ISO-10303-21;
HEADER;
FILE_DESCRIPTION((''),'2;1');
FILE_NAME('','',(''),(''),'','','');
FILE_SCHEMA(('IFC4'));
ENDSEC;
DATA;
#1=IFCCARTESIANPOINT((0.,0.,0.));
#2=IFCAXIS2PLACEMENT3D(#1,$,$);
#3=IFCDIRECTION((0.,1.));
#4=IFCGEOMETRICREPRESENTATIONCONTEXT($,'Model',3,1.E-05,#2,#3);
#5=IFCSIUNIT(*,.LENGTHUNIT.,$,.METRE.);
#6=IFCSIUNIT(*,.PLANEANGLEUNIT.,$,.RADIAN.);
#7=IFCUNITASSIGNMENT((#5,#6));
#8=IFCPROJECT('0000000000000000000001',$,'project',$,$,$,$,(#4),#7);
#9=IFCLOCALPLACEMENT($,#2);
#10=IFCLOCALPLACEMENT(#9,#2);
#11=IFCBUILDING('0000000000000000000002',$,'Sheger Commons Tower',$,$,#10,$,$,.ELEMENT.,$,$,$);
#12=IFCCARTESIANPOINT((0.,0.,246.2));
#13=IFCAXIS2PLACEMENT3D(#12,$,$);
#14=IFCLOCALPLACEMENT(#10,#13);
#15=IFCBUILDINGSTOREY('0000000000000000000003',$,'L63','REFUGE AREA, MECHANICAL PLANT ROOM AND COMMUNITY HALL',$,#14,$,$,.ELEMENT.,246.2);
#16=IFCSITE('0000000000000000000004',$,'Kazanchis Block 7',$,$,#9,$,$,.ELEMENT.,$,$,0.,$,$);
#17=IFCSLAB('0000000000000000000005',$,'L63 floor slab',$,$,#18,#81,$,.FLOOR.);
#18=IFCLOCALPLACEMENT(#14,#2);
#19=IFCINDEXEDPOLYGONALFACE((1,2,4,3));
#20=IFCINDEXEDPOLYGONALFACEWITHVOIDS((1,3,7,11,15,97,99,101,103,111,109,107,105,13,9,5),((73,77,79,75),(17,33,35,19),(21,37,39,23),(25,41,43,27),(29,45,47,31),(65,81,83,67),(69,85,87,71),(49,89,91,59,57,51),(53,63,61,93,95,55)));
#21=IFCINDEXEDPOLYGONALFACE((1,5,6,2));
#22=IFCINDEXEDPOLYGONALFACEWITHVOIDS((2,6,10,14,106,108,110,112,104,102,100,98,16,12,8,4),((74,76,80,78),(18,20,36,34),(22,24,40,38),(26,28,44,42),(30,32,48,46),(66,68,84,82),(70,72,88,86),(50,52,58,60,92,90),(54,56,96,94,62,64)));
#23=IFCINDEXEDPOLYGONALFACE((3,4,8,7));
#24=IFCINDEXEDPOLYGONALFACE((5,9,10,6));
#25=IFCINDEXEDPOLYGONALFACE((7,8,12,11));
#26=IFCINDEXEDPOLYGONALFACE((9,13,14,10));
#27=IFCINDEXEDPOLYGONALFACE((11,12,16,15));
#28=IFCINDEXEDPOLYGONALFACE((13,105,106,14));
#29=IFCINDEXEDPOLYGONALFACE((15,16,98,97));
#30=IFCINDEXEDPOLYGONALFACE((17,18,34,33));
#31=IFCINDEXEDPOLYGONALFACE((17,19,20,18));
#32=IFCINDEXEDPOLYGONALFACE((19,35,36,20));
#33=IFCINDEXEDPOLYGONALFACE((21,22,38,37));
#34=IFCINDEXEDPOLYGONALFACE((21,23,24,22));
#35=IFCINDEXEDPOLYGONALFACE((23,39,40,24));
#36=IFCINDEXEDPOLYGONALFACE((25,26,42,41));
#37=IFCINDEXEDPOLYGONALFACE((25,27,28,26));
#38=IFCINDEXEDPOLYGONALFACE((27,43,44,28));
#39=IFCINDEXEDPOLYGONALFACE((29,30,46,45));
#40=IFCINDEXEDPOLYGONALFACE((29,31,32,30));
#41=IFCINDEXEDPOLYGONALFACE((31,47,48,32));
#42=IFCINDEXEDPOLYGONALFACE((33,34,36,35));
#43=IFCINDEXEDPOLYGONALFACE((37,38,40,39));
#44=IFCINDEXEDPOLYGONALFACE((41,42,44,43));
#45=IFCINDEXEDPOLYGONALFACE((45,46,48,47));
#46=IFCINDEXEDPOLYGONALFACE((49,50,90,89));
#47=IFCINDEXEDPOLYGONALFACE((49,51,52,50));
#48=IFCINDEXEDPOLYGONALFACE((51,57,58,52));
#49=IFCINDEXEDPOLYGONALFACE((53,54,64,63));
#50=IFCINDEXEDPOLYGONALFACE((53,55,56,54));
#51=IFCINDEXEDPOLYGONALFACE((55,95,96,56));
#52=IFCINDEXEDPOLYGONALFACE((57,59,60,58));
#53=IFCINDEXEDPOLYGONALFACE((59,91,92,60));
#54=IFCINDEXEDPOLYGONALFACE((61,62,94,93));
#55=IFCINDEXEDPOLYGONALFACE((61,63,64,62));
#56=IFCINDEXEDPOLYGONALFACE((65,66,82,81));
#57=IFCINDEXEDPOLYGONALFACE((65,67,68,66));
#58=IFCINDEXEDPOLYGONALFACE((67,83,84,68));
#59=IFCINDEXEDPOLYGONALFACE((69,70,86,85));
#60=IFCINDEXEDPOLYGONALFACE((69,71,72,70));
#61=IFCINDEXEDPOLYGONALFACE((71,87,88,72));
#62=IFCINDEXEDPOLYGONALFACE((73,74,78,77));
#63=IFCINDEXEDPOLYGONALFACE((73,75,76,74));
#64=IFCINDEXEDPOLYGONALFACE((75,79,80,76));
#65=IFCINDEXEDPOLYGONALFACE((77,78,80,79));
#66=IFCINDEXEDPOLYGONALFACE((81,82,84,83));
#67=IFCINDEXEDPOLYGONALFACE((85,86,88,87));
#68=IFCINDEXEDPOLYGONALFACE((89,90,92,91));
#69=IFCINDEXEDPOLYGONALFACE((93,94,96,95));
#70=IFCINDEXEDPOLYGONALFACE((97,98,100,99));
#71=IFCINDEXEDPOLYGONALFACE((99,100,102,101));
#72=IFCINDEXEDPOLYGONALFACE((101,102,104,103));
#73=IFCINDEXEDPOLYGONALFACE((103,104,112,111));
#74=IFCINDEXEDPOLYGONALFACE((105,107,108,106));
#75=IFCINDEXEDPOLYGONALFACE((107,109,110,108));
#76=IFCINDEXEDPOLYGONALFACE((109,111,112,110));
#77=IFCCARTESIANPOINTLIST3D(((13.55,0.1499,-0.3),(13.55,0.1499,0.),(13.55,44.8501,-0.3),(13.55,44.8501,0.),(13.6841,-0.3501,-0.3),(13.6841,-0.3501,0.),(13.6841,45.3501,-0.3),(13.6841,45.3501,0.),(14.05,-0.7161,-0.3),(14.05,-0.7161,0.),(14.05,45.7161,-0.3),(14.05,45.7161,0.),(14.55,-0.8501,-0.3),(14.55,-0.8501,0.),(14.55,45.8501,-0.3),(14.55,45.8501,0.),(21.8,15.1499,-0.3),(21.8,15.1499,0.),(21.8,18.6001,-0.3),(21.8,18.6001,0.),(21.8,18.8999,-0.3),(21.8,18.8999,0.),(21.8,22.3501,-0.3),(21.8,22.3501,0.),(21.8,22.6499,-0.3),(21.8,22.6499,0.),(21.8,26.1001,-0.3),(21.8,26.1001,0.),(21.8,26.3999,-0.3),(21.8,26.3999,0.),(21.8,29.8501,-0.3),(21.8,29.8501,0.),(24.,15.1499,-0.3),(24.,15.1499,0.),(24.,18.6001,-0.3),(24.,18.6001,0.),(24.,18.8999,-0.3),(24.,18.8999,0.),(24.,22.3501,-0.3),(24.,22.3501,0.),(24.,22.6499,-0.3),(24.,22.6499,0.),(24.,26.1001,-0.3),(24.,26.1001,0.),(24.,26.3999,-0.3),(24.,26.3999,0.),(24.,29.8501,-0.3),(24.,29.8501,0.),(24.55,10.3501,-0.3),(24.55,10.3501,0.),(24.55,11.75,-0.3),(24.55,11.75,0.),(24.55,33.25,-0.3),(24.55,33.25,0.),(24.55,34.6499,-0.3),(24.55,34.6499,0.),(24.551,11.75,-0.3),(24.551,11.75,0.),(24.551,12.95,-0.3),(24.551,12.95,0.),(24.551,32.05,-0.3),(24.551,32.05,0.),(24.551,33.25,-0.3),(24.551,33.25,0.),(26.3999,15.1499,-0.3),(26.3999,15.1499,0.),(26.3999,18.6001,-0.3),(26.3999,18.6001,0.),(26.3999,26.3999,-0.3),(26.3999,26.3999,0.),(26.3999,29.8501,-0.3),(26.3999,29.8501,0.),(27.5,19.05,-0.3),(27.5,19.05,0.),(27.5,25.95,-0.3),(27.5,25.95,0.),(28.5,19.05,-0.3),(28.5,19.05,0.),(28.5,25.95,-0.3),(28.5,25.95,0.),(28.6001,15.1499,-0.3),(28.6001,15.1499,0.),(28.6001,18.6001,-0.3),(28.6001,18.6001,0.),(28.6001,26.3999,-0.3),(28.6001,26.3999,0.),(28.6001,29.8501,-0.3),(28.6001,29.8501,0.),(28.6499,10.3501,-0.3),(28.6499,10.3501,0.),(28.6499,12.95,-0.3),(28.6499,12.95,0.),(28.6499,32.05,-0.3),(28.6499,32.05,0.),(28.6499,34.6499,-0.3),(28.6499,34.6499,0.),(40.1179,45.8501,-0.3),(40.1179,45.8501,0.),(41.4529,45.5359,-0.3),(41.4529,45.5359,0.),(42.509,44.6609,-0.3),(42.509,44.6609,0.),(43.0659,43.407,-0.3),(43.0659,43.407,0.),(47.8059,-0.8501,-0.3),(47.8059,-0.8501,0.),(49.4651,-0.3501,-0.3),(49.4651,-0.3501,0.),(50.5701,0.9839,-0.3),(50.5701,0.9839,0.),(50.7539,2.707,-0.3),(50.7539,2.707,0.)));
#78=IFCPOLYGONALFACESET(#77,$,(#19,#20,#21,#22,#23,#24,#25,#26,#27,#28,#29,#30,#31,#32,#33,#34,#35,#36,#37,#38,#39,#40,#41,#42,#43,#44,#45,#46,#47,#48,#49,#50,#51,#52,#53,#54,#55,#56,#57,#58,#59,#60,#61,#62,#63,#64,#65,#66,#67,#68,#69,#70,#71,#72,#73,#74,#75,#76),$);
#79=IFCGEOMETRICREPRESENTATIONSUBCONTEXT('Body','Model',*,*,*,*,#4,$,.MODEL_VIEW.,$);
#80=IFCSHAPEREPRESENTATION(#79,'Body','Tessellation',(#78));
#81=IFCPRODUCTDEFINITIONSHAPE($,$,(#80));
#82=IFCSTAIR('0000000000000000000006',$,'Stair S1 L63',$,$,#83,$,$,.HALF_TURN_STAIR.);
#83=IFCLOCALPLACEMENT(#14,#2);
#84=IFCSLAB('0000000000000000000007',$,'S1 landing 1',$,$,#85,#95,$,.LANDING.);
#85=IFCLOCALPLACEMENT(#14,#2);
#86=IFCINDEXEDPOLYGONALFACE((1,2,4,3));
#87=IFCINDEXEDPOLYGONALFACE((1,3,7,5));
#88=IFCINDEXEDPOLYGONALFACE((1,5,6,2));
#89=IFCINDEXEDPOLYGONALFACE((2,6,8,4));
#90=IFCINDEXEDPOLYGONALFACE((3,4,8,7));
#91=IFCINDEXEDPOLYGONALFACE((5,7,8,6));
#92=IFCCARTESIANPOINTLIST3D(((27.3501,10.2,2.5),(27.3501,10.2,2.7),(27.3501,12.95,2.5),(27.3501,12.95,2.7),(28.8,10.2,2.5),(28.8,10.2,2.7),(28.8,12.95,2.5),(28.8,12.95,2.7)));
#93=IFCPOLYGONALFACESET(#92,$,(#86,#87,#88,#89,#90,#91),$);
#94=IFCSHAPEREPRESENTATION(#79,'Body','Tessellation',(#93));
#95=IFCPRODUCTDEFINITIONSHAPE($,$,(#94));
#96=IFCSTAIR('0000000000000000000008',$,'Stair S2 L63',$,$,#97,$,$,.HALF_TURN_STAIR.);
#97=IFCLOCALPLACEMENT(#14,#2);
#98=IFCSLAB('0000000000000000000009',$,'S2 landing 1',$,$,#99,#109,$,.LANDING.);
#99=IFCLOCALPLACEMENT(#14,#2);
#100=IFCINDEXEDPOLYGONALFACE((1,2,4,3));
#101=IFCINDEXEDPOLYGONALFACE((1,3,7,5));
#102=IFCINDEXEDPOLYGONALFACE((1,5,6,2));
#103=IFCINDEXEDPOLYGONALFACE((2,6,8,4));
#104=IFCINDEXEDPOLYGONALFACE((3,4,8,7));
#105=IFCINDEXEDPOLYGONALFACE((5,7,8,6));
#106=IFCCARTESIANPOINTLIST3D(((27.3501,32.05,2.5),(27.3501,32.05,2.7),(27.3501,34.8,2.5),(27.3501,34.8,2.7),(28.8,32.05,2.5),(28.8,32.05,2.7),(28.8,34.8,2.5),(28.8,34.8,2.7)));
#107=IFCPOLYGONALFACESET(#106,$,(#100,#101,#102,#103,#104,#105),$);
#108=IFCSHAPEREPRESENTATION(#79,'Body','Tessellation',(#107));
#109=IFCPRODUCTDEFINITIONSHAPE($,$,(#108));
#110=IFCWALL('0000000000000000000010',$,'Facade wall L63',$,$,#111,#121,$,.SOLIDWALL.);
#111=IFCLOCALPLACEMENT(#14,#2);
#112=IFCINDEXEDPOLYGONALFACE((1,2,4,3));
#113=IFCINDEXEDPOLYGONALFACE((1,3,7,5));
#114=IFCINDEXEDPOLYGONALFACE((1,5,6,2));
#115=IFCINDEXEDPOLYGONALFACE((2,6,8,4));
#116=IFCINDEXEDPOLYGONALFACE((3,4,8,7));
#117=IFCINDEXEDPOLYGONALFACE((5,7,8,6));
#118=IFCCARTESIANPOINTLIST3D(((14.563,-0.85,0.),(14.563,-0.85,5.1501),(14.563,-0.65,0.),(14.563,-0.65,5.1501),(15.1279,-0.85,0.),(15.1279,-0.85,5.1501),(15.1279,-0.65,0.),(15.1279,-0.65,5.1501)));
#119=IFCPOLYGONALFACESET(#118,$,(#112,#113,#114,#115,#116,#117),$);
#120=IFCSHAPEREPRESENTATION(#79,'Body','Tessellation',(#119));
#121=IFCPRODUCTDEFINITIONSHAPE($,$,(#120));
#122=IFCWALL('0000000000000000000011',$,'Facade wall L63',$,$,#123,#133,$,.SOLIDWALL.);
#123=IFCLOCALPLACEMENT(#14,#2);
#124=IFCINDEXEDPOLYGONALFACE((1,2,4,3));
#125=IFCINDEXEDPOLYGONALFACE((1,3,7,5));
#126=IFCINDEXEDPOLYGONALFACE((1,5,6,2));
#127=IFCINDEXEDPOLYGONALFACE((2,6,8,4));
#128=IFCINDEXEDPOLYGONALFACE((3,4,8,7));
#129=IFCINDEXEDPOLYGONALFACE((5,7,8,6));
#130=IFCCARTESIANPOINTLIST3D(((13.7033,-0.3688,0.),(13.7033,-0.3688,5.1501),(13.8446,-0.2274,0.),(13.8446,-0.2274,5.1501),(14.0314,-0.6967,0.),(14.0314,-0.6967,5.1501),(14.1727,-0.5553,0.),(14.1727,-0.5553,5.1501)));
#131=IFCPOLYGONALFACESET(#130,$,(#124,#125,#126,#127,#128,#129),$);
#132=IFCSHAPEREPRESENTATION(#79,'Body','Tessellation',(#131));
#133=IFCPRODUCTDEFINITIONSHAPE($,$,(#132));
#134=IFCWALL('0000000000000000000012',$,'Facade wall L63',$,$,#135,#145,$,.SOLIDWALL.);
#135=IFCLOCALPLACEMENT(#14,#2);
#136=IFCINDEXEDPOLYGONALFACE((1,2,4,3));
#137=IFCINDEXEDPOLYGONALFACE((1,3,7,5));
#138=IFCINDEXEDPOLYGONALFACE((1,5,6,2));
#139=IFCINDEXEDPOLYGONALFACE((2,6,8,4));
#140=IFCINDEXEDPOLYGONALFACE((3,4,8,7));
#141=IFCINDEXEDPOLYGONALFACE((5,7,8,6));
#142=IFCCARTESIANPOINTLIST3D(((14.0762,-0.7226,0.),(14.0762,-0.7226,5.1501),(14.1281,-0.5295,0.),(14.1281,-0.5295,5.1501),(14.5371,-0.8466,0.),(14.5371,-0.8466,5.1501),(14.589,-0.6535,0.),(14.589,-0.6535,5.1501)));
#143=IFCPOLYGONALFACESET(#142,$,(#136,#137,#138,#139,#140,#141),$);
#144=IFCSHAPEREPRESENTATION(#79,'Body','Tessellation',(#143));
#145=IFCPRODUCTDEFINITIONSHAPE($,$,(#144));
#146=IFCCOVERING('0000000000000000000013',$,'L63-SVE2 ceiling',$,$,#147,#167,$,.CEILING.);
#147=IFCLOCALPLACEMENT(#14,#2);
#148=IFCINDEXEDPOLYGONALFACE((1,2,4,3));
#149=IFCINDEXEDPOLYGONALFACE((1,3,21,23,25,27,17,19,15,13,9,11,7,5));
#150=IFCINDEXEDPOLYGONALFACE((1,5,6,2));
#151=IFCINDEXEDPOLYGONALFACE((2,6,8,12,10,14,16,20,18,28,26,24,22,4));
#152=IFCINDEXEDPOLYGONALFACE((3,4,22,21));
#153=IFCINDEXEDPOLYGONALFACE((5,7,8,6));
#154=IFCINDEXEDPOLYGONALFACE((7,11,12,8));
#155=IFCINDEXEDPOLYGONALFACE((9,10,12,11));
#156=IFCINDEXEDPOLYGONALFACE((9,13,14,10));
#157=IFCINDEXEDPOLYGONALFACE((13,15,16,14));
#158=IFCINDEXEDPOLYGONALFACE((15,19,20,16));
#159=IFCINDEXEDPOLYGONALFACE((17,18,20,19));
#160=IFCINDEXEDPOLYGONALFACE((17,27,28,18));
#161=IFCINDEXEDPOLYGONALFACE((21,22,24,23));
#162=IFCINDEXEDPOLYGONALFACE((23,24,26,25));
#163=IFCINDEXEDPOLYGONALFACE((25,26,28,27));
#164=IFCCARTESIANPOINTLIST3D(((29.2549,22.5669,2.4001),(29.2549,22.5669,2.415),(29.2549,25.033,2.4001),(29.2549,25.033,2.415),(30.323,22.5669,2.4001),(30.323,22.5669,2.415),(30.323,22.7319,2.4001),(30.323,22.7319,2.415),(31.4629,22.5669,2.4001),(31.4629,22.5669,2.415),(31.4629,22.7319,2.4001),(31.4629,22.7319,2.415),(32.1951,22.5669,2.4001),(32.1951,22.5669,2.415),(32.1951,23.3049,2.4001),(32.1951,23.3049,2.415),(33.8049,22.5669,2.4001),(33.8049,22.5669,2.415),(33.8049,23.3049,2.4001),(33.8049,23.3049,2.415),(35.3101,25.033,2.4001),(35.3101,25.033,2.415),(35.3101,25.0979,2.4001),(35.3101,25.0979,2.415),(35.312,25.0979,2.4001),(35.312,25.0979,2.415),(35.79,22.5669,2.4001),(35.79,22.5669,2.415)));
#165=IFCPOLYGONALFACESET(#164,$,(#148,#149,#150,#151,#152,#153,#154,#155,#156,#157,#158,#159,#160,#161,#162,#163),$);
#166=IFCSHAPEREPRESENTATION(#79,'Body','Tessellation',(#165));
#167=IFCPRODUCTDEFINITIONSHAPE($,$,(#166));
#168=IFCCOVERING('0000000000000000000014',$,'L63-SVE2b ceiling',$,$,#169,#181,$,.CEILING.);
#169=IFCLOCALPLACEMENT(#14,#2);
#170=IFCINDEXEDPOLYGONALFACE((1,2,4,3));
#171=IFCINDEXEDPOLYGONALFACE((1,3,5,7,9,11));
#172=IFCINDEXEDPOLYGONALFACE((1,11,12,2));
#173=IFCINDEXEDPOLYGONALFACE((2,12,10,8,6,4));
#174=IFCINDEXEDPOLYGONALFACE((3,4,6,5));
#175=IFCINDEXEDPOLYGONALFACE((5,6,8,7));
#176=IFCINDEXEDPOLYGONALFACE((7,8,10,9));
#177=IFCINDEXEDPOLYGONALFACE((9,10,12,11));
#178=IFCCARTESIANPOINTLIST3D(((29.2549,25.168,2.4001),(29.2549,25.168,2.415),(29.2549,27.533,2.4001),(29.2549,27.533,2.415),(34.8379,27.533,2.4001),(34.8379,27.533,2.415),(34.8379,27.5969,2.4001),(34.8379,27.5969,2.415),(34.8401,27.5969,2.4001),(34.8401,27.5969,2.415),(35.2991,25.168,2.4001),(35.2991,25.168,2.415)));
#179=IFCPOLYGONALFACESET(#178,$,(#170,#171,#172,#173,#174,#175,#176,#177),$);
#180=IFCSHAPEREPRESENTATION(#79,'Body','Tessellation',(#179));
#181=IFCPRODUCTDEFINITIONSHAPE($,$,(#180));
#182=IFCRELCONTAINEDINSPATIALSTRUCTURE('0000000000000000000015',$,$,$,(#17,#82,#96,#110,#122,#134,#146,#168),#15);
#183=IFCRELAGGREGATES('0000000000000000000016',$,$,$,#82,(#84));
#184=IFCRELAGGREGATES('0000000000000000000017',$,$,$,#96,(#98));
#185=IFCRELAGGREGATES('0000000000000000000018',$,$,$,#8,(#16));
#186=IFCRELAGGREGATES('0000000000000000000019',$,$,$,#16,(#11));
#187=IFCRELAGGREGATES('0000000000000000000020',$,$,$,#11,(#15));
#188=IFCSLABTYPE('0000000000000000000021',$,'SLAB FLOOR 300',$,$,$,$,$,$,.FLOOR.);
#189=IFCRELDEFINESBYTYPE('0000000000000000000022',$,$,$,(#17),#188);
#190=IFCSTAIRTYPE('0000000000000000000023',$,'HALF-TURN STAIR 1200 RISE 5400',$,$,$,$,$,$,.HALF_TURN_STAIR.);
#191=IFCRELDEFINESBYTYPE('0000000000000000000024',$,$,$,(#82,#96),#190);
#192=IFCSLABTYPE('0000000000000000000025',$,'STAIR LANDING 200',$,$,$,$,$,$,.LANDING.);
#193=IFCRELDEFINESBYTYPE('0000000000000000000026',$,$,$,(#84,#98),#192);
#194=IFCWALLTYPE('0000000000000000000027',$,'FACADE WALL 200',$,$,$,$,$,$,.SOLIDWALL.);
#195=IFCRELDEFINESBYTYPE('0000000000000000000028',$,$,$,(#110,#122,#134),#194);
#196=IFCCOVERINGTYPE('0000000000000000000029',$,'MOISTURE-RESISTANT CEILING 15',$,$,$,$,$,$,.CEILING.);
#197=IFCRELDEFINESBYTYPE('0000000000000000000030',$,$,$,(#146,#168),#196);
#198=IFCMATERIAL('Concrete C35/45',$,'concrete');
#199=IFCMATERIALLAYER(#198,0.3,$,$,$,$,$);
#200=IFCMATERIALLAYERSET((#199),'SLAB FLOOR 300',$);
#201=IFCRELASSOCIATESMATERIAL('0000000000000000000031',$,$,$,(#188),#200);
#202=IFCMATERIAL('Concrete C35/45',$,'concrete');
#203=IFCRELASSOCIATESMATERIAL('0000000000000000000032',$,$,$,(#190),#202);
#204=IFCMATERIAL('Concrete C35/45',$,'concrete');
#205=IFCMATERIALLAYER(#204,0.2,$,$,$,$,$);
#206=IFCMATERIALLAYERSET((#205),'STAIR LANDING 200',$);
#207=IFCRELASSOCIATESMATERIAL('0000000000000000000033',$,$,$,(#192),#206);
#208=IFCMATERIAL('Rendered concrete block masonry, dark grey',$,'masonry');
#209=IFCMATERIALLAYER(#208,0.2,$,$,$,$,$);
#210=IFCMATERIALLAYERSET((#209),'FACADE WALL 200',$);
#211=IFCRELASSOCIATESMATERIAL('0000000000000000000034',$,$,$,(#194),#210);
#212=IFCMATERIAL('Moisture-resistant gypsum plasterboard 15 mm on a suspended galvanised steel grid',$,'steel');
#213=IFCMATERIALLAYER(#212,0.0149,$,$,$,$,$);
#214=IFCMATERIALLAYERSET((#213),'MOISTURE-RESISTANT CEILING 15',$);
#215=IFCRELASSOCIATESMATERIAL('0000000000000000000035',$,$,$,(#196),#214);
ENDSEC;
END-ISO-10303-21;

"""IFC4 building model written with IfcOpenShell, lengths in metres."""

from ifc_helpers import new_model, si_unit, direction, frame, frame_2d, origin, place, context, subcontext, project, spatial, polyline, rectangle, outline, extrude, material, layer, layer_set, type_object, element, aggregate, save


model = new_model("IFC4")

# Units and contexts
model_context = context("Model", 3, precision=1e-05, world=origin(), true_north=direction((0.0, 1.0)))
body_context = subcontext(model_context, "Body", "Model", "MODEL_VIEW")
ifc_project = project(units=[si_unit("LENGTHUNIT", "METRE"), si_unit("PLANEANGLEUNIT", "RADIAN")], contexts=[model_context])

# Site, building, storey
site_placement = place(None, origin())
site = spatial("IfcSite", under=ifc_project, at=site_placement, Name="Kazanchis Block 7", CompositionType="ELEMENT", RefElevation=0.0)
building_placement = place(site_placement, origin())
building = spatial("IfcBuilding", under=site, at=building_placement, Name="Sheger Commons Tower", CompositionType="ELEMENT")
storey_placement = place(building_placement, frame((0.0, 0.0, 246.2)))
storey = spatial("IfcBuildingStorey", under=building, at=storey_placement, Name="L63", Description="REFUGE AREA, MECHANICAL PLANT ROOM AND COMMUNITY HALL", CompositionType="ELEMENT", Elevation=246.2)

# Slab
ifc_material_1 = material(Name="Concrete C35/45", Category="concrete")
ifc_layer_1 = layer(ifc_material_1, 0.3)
ifc_layer_set_1 = layer_set([ifc_layer_1], Name="SLAB FLOOR 300")
slab_type_1 = type_object("IfcSlabType", Name="SLAB FLOOR 300", PredefinedType="FLOOR", material=ifc_layer_set_1)
slab_1_placement = place(storey_placement, frame((0.0, 0.0, -0.3)))
element("IfcSlab", 1, at=slab_1_placement, inside=storey, type_object=slab_type_1, Name="L63 floor slab", PredefinedType="FLOOR", context=body_context, shape_type="SweptSolid", body=[
    extrude(outline(polyline([(13.55, 0.1499), (13.6841, -0.3501), (14.05, -0.7161), (14.55, -0.8501), (47.8059, -0.8501), (49.4651, -0.3501), (50.5701, 0.9839), (50.7539, 2.707), (43.0659, 43.407), (42.509, 44.6609), (41.4529, 45.5359), (40.1179, 45.8501), (14.55, 45.8501), (14.05, 45.7161), (13.6841, 45.3501), (13.55, 44.8501), (13.55, 0.1499)]), holes=[polyline([(24.55, 10.3501), (28.6499, 10.3501), (28.6499, 12.95), (24.551, 12.95), (24.551, 11.75), (24.55, 11.75), (24.55, 10.3501)]), polyline([(24.551, 32.05), (28.6499, 32.05), (28.6499, 34.6499), (24.55, 34.6499), (24.55, 33.25), (24.551, 33.25), (24.551, 32.05)]), polyline([(26.3999, 15.1499), (28.6001, 15.1499), (28.6001, 18.6001), (26.3999, 18.6001), (26.3999, 15.1499)]), polyline([(26.3999, 26.3999), (28.6001, 26.3999), (28.6001, 29.8501), (26.3999, 29.8501), (26.3999, 26.3999)]), polyline([(21.8, 15.1499), (24.0, 15.1499), (24.0, 18.6001), (21.8, 18.6001), (21.8, 15.1499)]), polyline([(21.8, 18.8999), (24.0, 18.8999), (24.0, 22.3501), (21.8, 22.3501), (21.8, 18.8999)]), polyline([(21.8, 22.6499), (24.0, 22.6499), (24.0, 26.1001), (21.8, 26.1001), (21.8, 22.6499)]), polyline([(21.8, 26.3999), (24.0, 26.3999), (24.0, 29.8501), (21.8, 29.8501), (21.8, 26.3999)]), polyline([(27.5, 19.05), (28.5, 19.05), (28.5, 25.95), (27.5, 25.95), (27.5, 19.05)])]), origin(), (0.0, 0.0, 1.0), 0.3),
])

# Stairs, slabs
ifc_material_2 = material(Name="Concrete C35/45", Category="concrete")
stair_type = type_object("IfcStairType", Name="HALF-TURN STAIR 1200 RISE 5400", PredefinedType="HALF_TURN_STAIR", material=ifc_material_2)
stair_1_placement = place(storey_placement, origin())
stair_1 = element("IfcStair", 2, at=stair_1_placement, inside=storey, type_object=stair_type, Name="Stair S1 L63", PredefinedType="HALF_TURN_STAIR")
ifc_material_3 = material(Name="Concrete C35/45", Category="concrete")
ifc_layer_2 = layer(ifc_material_3, 0.2)
ifc_layer_set_2 = layer_set([ifc_layer_2], Name="STAIR LANDING 200")
slab_type_2 = type_object("IfcSlabType", Name="STAIR LANDING 200", PredefinedType="LANDING", material=ifc_layer_set_2)
slab_2_placement = place(storey_placement, frame((0.0, 0.0, 2.5)))
slab_2 = element("IfcSlab", 3, at=slab_2_placement, type_object=slab_type_2, Name="S1 landing 1", PredefinedType="LANDING", context=body_context, shape_type="SweptSolid", body=[
    extrude(outline(polyline([(27.3501, 10.2), (28.8, 10.2), (28.8, 12.95), (27.3501, 12.95), (27.3501, 10.2)])), origin(), (0.0, 0.0, 1.0), 0.2),
])
aggregate(stair_1, [slab_2])
stair_2_placement = place(storey_placement, origin())
stair_2 = element("IfcStair", 4, at=stair_2_placement, inside=storey, type_object=stair_type, Name="Stair S2 L63", PredefinedType="HALF_TURN_STAIR")
slab_3_placement = place(storey_placement, frame((0.0, 0.0, 2.5)))
slab_3 = element("IfcSlab", 5, at=slab_3_placement, type_object=slab_type_2, Name="S2 landing 1", PredefinedType="LANDING", context=body_context, shape_type="SweptSolid", body=[
    extrude(outline(polyline([(27.3501, 32.05), (28.8, 32.05), (28.8, 34.8), (27.3501, 34.8), (27.3501, 32.05)])), origin(), (0.0, 0.0, 1.0), 0.2),
])
aggregate(stair_2, [slab_3])

# Walls
ifc_material_4 = material(Name="Rendered concrete block masonry, dark grey", Category="masonry")
ifc_layer_3 = layer(ifc_material_4, 0.2)
ifc_layer_set_3 = layer_set([ifc_layer_3], Name="FACADE WALL 200")
wall_type = type_object("IfcWallType", Name="FACADE WALL 200", PredefinedType="SOLIDWALL", material=ifc_layer_set_3)
wall_1_placement = place(storey_placement, frame((14.563, -0.75, 0.0), z_axis=(0.0, 0.0, 1.0), x_axis=(1.0, 0.0, 0.0)))
element("IfcWall", 6, at=wall_1_placement, inside=storey, type_object=wall_type, Name="Facade wall L63", PredefinedType="SOLIDWALL", context=body_context, shape_type="SweptSolid", body=[
    extrude(rectangle(XDim=0.5649, YDim=0.2, at=frame_2d((0.2825, 0.0))), origin(), (0.0, 0.0, 1.0), 5.1501),
])
wall_2_placement = place(storey_placement, frame((13.7739, -0.2981, 0.0), z_axis=(0.0, 0.0, 1.0), x_axis=(0.70737, -0.706844, 0.0)))
element("IfcWall", 7, at=wall_2_placement, inside=storey, type_object=wall_type, Name="Facade wall L63", PredefinedType="SOLIDWALL", context=body_context, shape_type="SweptSolid", body=[
    extrude(rectangle(XDim=0.4639, YDim=0.2, at=frame_2d((0.2319, 0.0))), origin(), (0.0, 0.0, 1.0), 5.1501),
])
wall_3_placement = place(storey_placement, frame((14.1021, -0.626, 0.0), z_axis=(0.0, 0.0, 1.0), x_axis=(0.965655, -0.259827, 0.0)))
element("IfcWall", 8, at=wall_3_placement, inside=storey, type_object=wall_type, Name="Facade wall L63", PredefinedType="SOLIDWALL", context=body_context, shape_type="SweptSolid", body=[
    extrude(rectangle(XDim=0.4773, YDim=0.2, at=frame_2d((0.2388, 0.0))), origin(), (0.0, 0.0, 1.0), 5.1501),
])

# Coverings
ifc_material_5 = material(Name="Moisture-resistant gypsum plasterboard 15 mm on a suspended galvanised steel grid", Category="steel")
ifc_layer_4 = layer(ifc_material_5, 0.0149)
ifc_layer_set_4 = layer_set([ifc_layer_4], Name="MOISTURE-RESISTANT CEILING 15")
covering_type_1 = type_object("IfcCoveringType", Name="MOISTURE-RESISTANT CEILING 15", PredefinedType="CEILING", material=ifc_layer_set_4)
covering_1_placement = place(storey_placement, frame((0.0, 0.0, 2.4001)))
element("IfcCovering", 9, at=covering_1_placement, inside=storey, type_object=covering_type_1, Name="L63-SVE2 ceiling", PredefinedType="CEILING", context=body_context, shape_type="SweptSolid", body=[
    extrude(outline(polyline([(29.2549, 22.5669), (30.323, 22.5669), (30.323, 22.7319), (31.4629, 22.7319), (31.4629, 22.5669), (32.1951, 22.5669), (32.1951, 23.3049), (33.8049, 23.3049), (33.8049, 22.5669), (35.79, 22.5669), (35.312, 25.0979), (35.3101, 25.0979), (35.3101, 25.033), (29.2549, 25.033), (29.2549, 22.5669)])), origin(), (0.0, 0.0, 1.0), 0.0149),
])
covering_2_placement = place(storey_placement, frame((0.0, 0.0, 2.4001)))
element("IfcCovering", 10, at=covering_2_placement, inside=storey, type_object=covering_type_1, Name="L63-SVE2b ceiling", PredefinedType="CEILING", context=body_context, shape_type="SweptSolid", body=[
    extrude(outline(polyline([(29.2549, 25.168), (35.2991, 25.168), (34.8401, 27.5969), (34.8379, 27.5969), (34.8379, 27.533), (29.2549, 27.533), (29.2549, 25.168)])), origin(), (0.0, 0.0, 1.0), 0.0149),
])

save(model, "model.ifc")
